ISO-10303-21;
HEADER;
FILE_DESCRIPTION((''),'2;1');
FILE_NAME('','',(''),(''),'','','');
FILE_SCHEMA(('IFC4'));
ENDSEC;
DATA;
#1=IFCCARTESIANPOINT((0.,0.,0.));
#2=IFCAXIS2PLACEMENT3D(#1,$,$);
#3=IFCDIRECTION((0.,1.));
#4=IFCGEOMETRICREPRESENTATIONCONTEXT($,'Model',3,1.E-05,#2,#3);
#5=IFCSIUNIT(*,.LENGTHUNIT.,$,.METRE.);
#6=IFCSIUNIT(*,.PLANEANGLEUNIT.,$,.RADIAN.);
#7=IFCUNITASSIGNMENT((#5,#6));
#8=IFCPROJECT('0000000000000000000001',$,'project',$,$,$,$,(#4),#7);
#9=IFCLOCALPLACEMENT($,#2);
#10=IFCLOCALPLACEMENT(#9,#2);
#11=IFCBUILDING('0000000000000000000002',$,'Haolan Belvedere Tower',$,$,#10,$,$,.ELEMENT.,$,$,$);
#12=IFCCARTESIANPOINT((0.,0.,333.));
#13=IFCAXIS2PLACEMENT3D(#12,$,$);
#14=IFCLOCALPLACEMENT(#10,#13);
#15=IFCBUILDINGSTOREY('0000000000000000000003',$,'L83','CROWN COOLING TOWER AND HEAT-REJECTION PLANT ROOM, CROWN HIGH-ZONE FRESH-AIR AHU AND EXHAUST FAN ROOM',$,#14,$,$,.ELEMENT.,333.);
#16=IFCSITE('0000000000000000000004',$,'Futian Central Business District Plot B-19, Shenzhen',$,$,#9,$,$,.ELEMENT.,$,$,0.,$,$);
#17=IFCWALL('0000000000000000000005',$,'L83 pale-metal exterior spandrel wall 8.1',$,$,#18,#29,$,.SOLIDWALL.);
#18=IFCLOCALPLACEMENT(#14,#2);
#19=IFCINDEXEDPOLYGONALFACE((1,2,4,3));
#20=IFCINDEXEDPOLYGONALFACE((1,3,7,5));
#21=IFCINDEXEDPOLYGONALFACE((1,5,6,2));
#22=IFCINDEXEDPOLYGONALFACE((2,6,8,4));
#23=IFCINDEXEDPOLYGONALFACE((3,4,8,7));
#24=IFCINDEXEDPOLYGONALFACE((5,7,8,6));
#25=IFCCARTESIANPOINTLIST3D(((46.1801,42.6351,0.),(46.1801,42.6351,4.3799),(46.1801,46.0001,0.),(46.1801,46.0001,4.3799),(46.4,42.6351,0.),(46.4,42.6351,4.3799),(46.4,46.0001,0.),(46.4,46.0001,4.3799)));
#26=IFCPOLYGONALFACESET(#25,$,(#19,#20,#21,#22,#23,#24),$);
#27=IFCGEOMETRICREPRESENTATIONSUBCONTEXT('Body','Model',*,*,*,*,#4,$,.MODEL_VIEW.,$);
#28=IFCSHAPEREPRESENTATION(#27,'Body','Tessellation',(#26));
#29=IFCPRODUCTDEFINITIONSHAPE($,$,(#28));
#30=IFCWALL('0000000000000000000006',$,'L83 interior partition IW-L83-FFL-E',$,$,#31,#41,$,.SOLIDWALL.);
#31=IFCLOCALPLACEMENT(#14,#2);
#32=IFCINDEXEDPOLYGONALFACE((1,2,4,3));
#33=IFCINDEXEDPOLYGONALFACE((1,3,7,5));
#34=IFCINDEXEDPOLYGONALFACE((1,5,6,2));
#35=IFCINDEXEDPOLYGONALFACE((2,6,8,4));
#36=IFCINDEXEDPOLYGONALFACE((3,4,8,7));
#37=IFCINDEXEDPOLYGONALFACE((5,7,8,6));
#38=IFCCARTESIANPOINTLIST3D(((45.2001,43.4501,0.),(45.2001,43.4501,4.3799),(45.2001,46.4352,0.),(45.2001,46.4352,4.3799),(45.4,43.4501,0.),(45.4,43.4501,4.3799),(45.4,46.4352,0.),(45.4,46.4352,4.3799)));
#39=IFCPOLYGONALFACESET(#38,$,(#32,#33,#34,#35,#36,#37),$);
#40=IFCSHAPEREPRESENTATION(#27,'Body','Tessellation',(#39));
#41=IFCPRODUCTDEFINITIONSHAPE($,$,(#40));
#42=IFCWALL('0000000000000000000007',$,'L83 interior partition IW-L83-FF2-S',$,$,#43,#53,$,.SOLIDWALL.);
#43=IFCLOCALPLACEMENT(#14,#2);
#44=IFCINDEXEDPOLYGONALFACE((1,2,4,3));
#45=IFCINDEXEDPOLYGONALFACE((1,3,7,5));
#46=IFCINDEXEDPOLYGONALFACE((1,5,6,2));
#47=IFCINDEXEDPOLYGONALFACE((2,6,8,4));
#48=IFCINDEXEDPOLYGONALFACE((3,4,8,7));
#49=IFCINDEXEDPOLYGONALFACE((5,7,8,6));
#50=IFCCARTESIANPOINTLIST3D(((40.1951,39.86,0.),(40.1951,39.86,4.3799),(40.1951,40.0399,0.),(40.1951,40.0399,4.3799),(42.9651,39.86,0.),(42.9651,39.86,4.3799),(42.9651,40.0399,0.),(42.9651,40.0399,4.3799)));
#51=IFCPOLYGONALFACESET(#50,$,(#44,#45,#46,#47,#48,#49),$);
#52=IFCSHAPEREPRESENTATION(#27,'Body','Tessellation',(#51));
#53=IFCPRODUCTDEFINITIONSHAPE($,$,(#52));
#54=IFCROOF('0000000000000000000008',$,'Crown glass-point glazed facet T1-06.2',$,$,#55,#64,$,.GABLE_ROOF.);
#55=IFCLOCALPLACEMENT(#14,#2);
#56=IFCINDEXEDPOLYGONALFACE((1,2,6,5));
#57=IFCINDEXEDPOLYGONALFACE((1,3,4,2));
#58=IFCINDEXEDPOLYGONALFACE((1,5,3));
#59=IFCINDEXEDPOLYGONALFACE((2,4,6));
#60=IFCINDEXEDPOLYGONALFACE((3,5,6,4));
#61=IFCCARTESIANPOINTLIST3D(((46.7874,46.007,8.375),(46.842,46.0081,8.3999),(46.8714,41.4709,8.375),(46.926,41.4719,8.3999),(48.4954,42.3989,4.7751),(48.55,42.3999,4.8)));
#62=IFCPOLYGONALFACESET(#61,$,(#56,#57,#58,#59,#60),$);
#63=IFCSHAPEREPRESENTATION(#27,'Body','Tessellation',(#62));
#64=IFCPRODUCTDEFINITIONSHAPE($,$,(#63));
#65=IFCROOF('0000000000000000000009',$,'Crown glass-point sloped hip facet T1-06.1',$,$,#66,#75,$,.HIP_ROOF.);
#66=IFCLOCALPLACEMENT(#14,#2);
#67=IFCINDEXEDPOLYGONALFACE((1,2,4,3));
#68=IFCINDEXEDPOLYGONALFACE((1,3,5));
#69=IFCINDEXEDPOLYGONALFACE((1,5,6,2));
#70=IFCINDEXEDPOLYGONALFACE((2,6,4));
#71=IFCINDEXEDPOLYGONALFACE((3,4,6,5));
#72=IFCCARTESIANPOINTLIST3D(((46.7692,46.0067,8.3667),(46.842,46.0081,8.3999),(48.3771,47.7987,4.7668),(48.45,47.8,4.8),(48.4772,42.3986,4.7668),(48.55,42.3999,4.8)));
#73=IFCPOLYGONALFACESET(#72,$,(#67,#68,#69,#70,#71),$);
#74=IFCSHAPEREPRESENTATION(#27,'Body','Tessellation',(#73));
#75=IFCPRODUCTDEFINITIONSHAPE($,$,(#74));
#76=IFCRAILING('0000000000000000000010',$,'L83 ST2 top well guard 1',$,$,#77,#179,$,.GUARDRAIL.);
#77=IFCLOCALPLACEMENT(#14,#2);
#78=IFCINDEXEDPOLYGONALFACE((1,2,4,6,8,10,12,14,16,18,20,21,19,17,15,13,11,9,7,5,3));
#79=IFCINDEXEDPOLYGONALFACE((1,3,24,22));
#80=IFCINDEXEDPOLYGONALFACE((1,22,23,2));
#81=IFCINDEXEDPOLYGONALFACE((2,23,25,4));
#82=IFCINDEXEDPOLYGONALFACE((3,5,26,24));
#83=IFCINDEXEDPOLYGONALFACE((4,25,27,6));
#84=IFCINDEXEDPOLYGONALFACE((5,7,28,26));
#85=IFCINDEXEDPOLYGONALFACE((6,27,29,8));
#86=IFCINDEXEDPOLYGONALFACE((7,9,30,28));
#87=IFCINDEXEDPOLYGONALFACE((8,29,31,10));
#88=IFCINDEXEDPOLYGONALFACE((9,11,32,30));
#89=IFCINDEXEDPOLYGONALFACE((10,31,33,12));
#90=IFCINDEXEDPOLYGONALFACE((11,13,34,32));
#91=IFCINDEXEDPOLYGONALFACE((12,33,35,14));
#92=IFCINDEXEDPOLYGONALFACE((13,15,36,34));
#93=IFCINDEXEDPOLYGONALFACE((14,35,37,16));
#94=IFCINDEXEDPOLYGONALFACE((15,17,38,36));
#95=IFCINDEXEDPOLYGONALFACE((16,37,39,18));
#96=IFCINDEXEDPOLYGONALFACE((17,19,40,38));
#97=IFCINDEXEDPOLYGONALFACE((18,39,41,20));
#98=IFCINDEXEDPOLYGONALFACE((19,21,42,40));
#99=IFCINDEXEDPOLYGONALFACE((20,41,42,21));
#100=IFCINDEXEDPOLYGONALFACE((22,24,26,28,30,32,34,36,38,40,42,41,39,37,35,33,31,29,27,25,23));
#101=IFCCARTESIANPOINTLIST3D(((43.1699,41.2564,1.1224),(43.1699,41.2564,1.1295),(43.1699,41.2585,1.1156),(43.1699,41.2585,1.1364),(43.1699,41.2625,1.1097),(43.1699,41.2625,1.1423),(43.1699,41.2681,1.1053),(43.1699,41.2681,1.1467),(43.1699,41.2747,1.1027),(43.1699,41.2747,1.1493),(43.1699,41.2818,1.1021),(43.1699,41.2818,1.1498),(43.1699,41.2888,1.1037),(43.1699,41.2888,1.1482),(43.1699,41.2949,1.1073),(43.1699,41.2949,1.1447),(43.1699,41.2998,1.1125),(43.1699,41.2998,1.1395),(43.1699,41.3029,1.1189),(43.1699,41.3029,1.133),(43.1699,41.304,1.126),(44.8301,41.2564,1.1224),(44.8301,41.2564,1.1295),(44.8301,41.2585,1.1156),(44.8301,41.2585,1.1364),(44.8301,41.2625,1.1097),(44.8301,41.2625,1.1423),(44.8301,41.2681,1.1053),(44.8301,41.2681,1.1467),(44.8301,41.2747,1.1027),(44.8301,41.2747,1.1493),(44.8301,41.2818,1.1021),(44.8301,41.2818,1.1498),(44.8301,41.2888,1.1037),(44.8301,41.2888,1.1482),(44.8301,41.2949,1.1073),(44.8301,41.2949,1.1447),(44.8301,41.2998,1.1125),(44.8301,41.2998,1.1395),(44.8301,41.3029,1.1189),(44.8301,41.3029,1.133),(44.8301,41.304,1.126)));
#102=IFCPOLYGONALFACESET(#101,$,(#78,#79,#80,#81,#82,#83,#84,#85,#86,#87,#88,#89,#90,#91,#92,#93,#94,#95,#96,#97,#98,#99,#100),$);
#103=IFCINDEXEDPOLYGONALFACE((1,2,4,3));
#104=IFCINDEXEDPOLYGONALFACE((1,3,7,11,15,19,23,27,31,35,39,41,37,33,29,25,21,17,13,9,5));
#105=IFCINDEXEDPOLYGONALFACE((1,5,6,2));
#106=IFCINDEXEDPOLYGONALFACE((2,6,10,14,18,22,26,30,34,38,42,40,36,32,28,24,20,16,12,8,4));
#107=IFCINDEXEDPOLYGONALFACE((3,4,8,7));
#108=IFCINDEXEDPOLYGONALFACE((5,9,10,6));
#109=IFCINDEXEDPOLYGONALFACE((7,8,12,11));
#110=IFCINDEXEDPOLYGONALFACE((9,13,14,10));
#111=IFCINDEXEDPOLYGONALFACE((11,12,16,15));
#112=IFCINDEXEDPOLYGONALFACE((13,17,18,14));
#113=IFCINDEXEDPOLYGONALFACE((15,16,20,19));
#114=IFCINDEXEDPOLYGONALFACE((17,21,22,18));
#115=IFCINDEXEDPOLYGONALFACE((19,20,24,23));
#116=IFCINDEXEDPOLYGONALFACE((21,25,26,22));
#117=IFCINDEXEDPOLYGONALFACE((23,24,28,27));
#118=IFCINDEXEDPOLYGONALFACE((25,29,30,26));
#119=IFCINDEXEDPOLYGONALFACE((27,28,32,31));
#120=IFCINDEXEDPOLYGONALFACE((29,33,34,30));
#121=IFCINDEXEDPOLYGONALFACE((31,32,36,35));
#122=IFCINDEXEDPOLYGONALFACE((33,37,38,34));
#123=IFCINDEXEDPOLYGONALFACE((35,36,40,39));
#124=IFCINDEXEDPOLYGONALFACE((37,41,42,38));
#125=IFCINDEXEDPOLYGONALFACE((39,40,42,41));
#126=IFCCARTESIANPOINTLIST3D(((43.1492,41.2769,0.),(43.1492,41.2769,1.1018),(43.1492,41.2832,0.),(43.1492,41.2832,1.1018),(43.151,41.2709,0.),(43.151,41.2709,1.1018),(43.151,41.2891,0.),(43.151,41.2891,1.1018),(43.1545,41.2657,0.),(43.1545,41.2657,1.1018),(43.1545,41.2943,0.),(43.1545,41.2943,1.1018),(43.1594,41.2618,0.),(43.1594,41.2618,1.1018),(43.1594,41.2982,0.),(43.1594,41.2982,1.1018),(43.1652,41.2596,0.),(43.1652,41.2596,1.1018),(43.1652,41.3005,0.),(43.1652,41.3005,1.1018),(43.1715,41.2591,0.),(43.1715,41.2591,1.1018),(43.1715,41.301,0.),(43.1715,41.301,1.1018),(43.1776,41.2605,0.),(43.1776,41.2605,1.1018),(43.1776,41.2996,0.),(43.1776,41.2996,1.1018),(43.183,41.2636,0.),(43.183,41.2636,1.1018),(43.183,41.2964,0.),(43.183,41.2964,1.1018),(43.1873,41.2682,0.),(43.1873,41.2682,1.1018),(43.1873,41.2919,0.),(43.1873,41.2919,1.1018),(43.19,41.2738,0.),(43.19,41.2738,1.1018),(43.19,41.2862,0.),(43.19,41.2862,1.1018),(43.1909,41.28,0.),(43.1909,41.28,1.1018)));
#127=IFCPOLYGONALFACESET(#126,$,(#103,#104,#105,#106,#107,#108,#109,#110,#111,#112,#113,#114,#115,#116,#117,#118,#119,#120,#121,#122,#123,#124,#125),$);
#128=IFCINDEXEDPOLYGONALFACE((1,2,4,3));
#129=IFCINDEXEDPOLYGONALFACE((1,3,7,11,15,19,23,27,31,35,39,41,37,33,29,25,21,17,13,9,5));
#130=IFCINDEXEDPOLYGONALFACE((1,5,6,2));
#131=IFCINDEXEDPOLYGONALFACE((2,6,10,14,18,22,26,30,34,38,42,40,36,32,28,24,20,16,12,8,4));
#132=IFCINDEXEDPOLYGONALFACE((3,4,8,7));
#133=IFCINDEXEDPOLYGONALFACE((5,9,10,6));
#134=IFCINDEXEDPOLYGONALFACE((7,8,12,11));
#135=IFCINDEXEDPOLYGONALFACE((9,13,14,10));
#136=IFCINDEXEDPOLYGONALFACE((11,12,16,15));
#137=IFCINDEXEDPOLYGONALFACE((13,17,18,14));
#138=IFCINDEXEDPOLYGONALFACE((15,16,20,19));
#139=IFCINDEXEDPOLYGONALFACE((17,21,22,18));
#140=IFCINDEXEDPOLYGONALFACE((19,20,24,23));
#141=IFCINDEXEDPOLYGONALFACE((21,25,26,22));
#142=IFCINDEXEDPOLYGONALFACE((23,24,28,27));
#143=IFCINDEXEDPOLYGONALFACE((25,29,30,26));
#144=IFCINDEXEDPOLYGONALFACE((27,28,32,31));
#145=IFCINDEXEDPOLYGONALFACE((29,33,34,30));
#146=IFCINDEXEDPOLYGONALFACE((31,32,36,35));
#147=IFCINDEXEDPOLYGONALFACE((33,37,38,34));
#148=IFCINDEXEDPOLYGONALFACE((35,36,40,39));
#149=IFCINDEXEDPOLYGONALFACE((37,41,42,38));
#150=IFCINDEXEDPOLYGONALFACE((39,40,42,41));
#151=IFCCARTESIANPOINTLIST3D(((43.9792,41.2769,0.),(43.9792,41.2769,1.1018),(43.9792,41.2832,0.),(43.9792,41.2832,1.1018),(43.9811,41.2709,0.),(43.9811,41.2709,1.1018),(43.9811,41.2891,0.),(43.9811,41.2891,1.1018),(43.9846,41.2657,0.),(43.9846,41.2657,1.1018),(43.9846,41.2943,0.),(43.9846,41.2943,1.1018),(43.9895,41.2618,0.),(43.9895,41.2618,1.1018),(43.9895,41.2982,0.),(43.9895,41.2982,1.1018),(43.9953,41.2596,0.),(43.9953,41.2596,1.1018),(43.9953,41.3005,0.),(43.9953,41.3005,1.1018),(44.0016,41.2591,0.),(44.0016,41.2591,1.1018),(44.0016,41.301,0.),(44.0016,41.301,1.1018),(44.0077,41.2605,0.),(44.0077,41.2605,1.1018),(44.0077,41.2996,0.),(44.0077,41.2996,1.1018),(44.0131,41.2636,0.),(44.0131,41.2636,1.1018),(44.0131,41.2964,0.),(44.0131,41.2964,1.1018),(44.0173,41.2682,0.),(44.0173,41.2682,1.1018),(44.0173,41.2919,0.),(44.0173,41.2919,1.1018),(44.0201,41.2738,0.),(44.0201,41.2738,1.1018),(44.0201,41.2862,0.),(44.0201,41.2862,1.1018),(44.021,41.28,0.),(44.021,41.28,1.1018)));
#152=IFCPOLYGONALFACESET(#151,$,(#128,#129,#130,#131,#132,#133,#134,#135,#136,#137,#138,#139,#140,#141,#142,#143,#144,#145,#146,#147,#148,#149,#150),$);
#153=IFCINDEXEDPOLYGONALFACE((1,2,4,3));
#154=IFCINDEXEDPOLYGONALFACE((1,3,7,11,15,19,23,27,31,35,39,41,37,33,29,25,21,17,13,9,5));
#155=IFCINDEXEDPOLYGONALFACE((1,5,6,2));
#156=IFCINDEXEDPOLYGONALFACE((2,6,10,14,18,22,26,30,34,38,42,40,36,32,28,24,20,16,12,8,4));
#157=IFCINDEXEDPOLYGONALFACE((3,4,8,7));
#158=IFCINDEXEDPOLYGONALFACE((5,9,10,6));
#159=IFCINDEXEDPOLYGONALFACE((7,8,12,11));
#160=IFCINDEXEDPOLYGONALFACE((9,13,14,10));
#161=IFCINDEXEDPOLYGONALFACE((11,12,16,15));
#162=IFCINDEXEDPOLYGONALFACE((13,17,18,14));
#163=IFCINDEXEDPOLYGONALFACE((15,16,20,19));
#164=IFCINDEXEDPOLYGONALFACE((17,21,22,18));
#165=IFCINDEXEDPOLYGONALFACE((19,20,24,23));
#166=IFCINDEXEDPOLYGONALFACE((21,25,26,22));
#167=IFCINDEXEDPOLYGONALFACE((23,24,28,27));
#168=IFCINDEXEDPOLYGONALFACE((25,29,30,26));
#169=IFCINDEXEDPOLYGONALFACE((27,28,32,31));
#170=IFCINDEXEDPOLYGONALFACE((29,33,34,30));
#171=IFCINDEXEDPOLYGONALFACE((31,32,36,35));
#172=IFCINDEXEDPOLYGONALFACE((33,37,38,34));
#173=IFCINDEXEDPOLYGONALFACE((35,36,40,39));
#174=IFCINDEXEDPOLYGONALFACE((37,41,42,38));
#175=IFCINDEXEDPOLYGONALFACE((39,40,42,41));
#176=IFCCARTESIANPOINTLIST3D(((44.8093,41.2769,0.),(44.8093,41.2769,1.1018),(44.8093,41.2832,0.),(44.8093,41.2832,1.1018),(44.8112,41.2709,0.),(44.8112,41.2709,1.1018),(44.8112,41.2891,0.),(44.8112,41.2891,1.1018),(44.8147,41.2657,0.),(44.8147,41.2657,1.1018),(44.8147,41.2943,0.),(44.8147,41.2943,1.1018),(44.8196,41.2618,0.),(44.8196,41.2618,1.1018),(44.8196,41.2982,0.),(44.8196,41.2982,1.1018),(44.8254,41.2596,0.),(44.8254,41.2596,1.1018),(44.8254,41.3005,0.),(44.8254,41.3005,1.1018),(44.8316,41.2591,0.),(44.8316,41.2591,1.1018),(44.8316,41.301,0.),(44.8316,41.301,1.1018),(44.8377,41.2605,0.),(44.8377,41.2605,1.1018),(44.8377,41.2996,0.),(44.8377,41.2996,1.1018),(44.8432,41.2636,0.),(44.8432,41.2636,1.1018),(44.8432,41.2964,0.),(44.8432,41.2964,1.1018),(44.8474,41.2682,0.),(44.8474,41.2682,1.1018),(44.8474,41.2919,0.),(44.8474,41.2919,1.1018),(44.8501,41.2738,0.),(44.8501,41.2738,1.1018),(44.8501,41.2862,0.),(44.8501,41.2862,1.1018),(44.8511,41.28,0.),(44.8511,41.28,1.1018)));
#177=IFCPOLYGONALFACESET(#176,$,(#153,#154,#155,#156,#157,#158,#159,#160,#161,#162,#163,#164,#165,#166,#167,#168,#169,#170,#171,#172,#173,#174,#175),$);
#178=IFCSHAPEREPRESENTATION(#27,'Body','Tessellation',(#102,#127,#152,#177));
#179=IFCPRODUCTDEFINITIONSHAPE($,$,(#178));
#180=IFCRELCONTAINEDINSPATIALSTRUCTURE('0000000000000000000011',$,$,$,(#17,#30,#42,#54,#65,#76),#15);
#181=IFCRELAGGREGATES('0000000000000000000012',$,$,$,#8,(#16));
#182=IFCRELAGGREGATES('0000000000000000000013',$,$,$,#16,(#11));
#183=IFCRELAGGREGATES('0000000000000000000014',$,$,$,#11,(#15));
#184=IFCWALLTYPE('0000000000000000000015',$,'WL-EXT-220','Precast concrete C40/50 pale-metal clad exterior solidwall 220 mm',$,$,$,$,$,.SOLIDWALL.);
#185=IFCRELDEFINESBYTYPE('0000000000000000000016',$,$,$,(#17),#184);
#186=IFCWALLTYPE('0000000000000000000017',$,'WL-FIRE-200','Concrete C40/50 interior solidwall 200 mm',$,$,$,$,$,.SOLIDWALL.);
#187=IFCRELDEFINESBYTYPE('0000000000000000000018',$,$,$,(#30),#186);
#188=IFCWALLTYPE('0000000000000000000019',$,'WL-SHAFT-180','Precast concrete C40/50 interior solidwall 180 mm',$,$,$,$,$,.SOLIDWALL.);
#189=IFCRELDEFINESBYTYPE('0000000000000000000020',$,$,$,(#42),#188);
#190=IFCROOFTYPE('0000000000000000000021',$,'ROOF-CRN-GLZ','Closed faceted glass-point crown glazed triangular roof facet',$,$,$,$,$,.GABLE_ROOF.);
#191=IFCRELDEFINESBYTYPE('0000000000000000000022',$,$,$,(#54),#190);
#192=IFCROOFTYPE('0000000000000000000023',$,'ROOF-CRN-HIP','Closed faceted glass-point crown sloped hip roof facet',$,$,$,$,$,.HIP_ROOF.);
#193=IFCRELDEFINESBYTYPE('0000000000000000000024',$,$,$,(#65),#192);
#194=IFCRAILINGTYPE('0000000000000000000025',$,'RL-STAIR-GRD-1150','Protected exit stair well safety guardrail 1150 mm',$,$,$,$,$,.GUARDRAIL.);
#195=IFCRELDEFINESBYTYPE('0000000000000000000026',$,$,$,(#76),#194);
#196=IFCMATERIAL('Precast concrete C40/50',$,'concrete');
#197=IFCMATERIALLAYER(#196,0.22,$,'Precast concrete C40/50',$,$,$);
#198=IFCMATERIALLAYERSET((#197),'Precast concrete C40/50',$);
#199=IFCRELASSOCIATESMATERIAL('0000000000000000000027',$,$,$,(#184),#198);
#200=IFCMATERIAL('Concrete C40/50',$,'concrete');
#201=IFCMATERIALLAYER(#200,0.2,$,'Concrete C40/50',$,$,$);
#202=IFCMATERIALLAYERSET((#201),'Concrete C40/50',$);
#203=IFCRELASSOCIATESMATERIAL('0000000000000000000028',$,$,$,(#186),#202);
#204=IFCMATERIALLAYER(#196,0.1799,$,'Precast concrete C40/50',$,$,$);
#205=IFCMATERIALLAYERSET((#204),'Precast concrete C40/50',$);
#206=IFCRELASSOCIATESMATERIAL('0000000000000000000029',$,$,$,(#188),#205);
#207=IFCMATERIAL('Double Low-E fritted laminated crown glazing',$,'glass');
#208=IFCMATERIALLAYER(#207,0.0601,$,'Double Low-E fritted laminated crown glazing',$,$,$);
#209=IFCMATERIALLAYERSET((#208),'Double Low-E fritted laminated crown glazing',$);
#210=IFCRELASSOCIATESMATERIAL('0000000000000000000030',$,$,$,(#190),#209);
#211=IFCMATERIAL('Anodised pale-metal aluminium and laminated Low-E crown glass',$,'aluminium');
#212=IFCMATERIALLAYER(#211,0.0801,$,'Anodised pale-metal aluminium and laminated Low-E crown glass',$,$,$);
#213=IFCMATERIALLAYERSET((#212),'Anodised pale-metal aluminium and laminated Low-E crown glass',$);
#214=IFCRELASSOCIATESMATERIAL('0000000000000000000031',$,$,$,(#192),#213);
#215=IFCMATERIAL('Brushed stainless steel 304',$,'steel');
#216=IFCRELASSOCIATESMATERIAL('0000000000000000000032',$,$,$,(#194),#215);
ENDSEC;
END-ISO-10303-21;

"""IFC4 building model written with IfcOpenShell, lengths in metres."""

from ifc_helpers import new_model, si_unit, direction, frame, frame_2d, origin, origin_2d, place, context, subcontext, project, spatial, polyline, rectangle, circle, outline, extrude, material, layer, layer_set, type_object, element, save


model = new_model("IFC4")

# Units and contexts
model_context = context("Model", 3, precision=1e-05, world=origin(), true_north=direction((0.0, 1.0)))
body_context = subcontext(model_context, "Body", "Model", "MODEL_VIEW")
ifc_project = project(units=[si_unit("LENGTHUNIT", "METRE"), si_unit("PLANEANGLEUNIT", "RADIAN")], contexts=[model_context])

# Site, building, storey
site_placement = place(None, origin())
site = spatial("IfcSite", under=ifc_project, at=site_placement, Name="Futian Central Business District Plot B-19, Shenzhen", CompositionType="ELEMENT", RefElevation=0.0)
building_placement = place(site_placement, origin())
building = spatial("IfcBuilding", under=site, at=building_placement, Name="Haolan Belvedere Tower", CompositionType="ELEMENT")
storey_placement = place(building_placement, frame((0.0, 0.0, 333.0)))
storey = spatial("IfcBuildingStorey", under=building, at=storey_placement, Name="L83", Description="CROWN COOLING TOWER AND HEAT-REJECTION PLANT ROOM, CROWN HIGH-ZONE FRESH-AIR AHU AND EXHAUST FAN ROOM", CompositionType="ELEMENT", Elevation=333.0)

# Walls
ifc_material_1 = material(Name="Precast concrete C40/50", Category="concrete")
ifc_layer_1 = layer(ifc_material_1, 0.22, Name="Precast concrete C40/50")
ifc_layer_set_1 = layer_set([ifc_layer_1], Name="Precast concrete C40/50")
wall_type_1 = type_object("IfcWallType", Name="WL-EXT-220", Description="Precast concrete C40/50 pale-metal clad exterior solidwall 220 mm", PredefinedType="SOLIDWALL", material=ifc_layer_set_1)
wall_1_placement = place(storey_placement, frame((46.29, 42.635, 0.0), z_axis=(0.0, 0.0, 1.0), x_axis=(0.0, 1.0, 0.0)))
element("IfcWall", 1, at=wall_1_placement, inside=storey, type_object=wall_type_1, Name="L83 pale-metal exterior spandrel wall 8.1", PredefinedType="SOLIDWALL", context=body_context, shape_type="SweptSolid", body=[
    extrude(rectangle(XDim=3.365, YDim=0.22, at=frame_2d((1.6826, 0.0))), origin(), (0.0, 0.0, 1.0), 4.3799),
])
ifc_material_2 = material(Name="Concrete C40/50", Category="concrete")
ifc_layer_2 = layer(ifc_material_2, 0.2, Name="Concrete C40/50")
ifc_layer_set_2 = layer_set([ifc_layer_2], Name="Concrete C40/50")
wall_type_2 = type_object("IfcWallType", Name="WL-FIRE-200", Description="Concrete C40/50 interior solidwall 200 mm", PredefinedType="SOLIDWALL", material=ifc_layer_set_2)
wall_2_placement = place(storey_placement, frame((45.3, 43.45, 0.0), z_axis=(0.0, 0.0, 1.0), x_axis=(0.0, 1.0, 0.0)))
element("IfcWall", 2, at=wall_2_placement, inside=storey, type_object=wall_type_2, Name="L83 interior partition IW-L83-FFL-E", PredefinedType="SOLIDWALL", context=body_context, shape_type="SweptSolid", body=[
    extrude(rectangle(XDim=2.9851, YDim=0.2, at=frame_2d((1.4927, 0.0))), origin(), (0.0, 0.0, 1.0), 4.3799),
])
ifc_layer_3 = layer(ifc_material_1, 0.1799, Name="Precast concrete C40/50")
ifc_layer_set_3 = layer_set([ifc_layer_3], Name="Precast concrete C40/50")
wall_type_3 = type_object("IfcWallType", Name="WL-SHAFT-180", Description="Precast concrete C40/50 interior solidwall 180 mm", PredefinedType="SOLIDWALL", material=ifc_layer_set_3)
wall_3_placement = place(storey_placement, frame((40.1951, 39.95, 0.0), z_axis=(0.0, 0.0, 1.0), x_axis=(1.0, 0.0, 0.0)))
element("IfcWall", 3, at=wall_3_placement, inside=storey, type_object=wall_type_3, Name="L83 interior partition IW-L83-FF2-S", PredefinedType="SOLIDWALL", context=body_context, shape_type="SweptSolid", body=[
    extrude(rectangle(XDim=2.77, YDim=0.1799, at=frame_2d((1.385, 0.0))), origin(), (0.0, 0.0, 1.0), 4.3799),
])

# Roofs
ifc_material_3 = material(Name="Double Low-E fritted laminated crown glazing", Category="glass")
ifc_layer_4 = layer(ifc_material_3, 0.0601, Name="Double Low-E fritted laminated crown glazing")
ifc_layer_set_4 = layer_set([ifc_layer_4], Name="Double Low-E fritted laminated crown glazing")
roof_type_1 = type_object("IfcRoofType", Name="ROOF-CRN-GLZ", Description="Closed faceted glass-point crown glazed triangular roof facet", PredefinedType="GABLE_ROOF", material=ifc_layer_set_4)
roof_1_placement = place(storey_placement, frame((48.55, 42.3999, 4.8), z_axis=(0.90977, 0.016844, 0.414772), x_axis=(-0.317745, 0.671234, 0.669689)))
element("IfcRoof", 4, at=roof_1_placement, inside=storey, type_object=roof_type_1, Name="Crown glass-point glazed facet T1-06.2", PredefinedType="GABLE_ROOF", context=body_context, shape_type="SweptSolid", body=[
    extrude(outline(polyline([(0.0, 0.0), (5.3754, 0.0), (2.3039, 3.3391), (0.0, 0.0)])), origin(), (0.0, 0.0, -1.0), 0.0601),
])
ifc_material_4 = material(Name="Anodised pale-metal aluminium and laminated Low-E crown glass", Category="aluminium")
ifc_layer_5 = layer(ifc_material_4, 0.0801, Name="Anodised pale-metal aluminium and laminated Low-E crown glass")
ifc_layer_set_5 = layer_set([ifc_layer_5], Name="Anodised pale-metal aluminium and laminated Low-E crown glass")
roof_type_2 = type_object("IfcRoofType", Name="ROOF-CRN-HIP", Description="Closed faceted glass-point crown sloped hip roof facet", PredefinedType="HIP_ROOF", material=ifc_layer_set_5)
roof_2_placement = place(storey_placement, frame((48.55, 42.3999, 4.8), z_axis=(0.909777, 0.016864, 0.414755), x_axis=(-0.018533, 0.999828, 0.0)))
element("IfcRoof", 5, at=roof_2_placement, inside=storey, type_object=roof_type_2, Name="Crown glass-point sloped hip facet T1-06.1", PredefinedType="HIP_ROOF", context=body_context, shape_type="SweptSolid", body=[
    extrude(outline(polyline([(0.0, 0.0), (5.4011, 0.0), (3.6392, 3.9562), (0.0, 0.0)])), origin(), (0.0, 0.0, -1.0), 0.0801),
])

# Railing
ifc_material_5 = material(Name="Brushed stainless steel 304", Category="steel")
railing_type = type_object("IfcRailingType", Name="RL-STAIR-GRD-1150", Description="Protected exit stair well safety guardrail 1150 mm", PredefinedType="GUARDRAIL", material=ifc_material_5)
railing_placement = place(storey_placement, frame((43.1699, 41.28, 0.0)))
element("IfcRailing", 6, at=railing_placement, inside=storey, type_object=railing_type, Name="L83 ST2 top well guard 1", PredefinedType="GUARDRAIL", context=body_context, shape_type="SweptSolid", body=[
    extrude(circle(Radius=0.0239, at=origin_2d()), frame((0.0, 0.0, 1.126), z_axis=(1.0, 0.0, 0.0), x_axis=(0.0, 1.0, 0.0)), (0.0, 0.0, 1.0), 1.6602),
    extrude(circle(Radius=0.021, at=origin_2d()), origin(), (0.0, 0.0, 1.0), 1.1018),
    extrude(circle(Radius=0.021, at=origin_2d()), frame((0.8301, 0.0, 0.0)), (0.0, 0.0, 1.0), 1.1018),
    extrude(circle(Radius=0.021, at=origin_2d()), frame((1.6602, 0.0, 0.0)), (0.0, 0.0, 1.0), 1.1018),
])

save(model, "model.ifc")
